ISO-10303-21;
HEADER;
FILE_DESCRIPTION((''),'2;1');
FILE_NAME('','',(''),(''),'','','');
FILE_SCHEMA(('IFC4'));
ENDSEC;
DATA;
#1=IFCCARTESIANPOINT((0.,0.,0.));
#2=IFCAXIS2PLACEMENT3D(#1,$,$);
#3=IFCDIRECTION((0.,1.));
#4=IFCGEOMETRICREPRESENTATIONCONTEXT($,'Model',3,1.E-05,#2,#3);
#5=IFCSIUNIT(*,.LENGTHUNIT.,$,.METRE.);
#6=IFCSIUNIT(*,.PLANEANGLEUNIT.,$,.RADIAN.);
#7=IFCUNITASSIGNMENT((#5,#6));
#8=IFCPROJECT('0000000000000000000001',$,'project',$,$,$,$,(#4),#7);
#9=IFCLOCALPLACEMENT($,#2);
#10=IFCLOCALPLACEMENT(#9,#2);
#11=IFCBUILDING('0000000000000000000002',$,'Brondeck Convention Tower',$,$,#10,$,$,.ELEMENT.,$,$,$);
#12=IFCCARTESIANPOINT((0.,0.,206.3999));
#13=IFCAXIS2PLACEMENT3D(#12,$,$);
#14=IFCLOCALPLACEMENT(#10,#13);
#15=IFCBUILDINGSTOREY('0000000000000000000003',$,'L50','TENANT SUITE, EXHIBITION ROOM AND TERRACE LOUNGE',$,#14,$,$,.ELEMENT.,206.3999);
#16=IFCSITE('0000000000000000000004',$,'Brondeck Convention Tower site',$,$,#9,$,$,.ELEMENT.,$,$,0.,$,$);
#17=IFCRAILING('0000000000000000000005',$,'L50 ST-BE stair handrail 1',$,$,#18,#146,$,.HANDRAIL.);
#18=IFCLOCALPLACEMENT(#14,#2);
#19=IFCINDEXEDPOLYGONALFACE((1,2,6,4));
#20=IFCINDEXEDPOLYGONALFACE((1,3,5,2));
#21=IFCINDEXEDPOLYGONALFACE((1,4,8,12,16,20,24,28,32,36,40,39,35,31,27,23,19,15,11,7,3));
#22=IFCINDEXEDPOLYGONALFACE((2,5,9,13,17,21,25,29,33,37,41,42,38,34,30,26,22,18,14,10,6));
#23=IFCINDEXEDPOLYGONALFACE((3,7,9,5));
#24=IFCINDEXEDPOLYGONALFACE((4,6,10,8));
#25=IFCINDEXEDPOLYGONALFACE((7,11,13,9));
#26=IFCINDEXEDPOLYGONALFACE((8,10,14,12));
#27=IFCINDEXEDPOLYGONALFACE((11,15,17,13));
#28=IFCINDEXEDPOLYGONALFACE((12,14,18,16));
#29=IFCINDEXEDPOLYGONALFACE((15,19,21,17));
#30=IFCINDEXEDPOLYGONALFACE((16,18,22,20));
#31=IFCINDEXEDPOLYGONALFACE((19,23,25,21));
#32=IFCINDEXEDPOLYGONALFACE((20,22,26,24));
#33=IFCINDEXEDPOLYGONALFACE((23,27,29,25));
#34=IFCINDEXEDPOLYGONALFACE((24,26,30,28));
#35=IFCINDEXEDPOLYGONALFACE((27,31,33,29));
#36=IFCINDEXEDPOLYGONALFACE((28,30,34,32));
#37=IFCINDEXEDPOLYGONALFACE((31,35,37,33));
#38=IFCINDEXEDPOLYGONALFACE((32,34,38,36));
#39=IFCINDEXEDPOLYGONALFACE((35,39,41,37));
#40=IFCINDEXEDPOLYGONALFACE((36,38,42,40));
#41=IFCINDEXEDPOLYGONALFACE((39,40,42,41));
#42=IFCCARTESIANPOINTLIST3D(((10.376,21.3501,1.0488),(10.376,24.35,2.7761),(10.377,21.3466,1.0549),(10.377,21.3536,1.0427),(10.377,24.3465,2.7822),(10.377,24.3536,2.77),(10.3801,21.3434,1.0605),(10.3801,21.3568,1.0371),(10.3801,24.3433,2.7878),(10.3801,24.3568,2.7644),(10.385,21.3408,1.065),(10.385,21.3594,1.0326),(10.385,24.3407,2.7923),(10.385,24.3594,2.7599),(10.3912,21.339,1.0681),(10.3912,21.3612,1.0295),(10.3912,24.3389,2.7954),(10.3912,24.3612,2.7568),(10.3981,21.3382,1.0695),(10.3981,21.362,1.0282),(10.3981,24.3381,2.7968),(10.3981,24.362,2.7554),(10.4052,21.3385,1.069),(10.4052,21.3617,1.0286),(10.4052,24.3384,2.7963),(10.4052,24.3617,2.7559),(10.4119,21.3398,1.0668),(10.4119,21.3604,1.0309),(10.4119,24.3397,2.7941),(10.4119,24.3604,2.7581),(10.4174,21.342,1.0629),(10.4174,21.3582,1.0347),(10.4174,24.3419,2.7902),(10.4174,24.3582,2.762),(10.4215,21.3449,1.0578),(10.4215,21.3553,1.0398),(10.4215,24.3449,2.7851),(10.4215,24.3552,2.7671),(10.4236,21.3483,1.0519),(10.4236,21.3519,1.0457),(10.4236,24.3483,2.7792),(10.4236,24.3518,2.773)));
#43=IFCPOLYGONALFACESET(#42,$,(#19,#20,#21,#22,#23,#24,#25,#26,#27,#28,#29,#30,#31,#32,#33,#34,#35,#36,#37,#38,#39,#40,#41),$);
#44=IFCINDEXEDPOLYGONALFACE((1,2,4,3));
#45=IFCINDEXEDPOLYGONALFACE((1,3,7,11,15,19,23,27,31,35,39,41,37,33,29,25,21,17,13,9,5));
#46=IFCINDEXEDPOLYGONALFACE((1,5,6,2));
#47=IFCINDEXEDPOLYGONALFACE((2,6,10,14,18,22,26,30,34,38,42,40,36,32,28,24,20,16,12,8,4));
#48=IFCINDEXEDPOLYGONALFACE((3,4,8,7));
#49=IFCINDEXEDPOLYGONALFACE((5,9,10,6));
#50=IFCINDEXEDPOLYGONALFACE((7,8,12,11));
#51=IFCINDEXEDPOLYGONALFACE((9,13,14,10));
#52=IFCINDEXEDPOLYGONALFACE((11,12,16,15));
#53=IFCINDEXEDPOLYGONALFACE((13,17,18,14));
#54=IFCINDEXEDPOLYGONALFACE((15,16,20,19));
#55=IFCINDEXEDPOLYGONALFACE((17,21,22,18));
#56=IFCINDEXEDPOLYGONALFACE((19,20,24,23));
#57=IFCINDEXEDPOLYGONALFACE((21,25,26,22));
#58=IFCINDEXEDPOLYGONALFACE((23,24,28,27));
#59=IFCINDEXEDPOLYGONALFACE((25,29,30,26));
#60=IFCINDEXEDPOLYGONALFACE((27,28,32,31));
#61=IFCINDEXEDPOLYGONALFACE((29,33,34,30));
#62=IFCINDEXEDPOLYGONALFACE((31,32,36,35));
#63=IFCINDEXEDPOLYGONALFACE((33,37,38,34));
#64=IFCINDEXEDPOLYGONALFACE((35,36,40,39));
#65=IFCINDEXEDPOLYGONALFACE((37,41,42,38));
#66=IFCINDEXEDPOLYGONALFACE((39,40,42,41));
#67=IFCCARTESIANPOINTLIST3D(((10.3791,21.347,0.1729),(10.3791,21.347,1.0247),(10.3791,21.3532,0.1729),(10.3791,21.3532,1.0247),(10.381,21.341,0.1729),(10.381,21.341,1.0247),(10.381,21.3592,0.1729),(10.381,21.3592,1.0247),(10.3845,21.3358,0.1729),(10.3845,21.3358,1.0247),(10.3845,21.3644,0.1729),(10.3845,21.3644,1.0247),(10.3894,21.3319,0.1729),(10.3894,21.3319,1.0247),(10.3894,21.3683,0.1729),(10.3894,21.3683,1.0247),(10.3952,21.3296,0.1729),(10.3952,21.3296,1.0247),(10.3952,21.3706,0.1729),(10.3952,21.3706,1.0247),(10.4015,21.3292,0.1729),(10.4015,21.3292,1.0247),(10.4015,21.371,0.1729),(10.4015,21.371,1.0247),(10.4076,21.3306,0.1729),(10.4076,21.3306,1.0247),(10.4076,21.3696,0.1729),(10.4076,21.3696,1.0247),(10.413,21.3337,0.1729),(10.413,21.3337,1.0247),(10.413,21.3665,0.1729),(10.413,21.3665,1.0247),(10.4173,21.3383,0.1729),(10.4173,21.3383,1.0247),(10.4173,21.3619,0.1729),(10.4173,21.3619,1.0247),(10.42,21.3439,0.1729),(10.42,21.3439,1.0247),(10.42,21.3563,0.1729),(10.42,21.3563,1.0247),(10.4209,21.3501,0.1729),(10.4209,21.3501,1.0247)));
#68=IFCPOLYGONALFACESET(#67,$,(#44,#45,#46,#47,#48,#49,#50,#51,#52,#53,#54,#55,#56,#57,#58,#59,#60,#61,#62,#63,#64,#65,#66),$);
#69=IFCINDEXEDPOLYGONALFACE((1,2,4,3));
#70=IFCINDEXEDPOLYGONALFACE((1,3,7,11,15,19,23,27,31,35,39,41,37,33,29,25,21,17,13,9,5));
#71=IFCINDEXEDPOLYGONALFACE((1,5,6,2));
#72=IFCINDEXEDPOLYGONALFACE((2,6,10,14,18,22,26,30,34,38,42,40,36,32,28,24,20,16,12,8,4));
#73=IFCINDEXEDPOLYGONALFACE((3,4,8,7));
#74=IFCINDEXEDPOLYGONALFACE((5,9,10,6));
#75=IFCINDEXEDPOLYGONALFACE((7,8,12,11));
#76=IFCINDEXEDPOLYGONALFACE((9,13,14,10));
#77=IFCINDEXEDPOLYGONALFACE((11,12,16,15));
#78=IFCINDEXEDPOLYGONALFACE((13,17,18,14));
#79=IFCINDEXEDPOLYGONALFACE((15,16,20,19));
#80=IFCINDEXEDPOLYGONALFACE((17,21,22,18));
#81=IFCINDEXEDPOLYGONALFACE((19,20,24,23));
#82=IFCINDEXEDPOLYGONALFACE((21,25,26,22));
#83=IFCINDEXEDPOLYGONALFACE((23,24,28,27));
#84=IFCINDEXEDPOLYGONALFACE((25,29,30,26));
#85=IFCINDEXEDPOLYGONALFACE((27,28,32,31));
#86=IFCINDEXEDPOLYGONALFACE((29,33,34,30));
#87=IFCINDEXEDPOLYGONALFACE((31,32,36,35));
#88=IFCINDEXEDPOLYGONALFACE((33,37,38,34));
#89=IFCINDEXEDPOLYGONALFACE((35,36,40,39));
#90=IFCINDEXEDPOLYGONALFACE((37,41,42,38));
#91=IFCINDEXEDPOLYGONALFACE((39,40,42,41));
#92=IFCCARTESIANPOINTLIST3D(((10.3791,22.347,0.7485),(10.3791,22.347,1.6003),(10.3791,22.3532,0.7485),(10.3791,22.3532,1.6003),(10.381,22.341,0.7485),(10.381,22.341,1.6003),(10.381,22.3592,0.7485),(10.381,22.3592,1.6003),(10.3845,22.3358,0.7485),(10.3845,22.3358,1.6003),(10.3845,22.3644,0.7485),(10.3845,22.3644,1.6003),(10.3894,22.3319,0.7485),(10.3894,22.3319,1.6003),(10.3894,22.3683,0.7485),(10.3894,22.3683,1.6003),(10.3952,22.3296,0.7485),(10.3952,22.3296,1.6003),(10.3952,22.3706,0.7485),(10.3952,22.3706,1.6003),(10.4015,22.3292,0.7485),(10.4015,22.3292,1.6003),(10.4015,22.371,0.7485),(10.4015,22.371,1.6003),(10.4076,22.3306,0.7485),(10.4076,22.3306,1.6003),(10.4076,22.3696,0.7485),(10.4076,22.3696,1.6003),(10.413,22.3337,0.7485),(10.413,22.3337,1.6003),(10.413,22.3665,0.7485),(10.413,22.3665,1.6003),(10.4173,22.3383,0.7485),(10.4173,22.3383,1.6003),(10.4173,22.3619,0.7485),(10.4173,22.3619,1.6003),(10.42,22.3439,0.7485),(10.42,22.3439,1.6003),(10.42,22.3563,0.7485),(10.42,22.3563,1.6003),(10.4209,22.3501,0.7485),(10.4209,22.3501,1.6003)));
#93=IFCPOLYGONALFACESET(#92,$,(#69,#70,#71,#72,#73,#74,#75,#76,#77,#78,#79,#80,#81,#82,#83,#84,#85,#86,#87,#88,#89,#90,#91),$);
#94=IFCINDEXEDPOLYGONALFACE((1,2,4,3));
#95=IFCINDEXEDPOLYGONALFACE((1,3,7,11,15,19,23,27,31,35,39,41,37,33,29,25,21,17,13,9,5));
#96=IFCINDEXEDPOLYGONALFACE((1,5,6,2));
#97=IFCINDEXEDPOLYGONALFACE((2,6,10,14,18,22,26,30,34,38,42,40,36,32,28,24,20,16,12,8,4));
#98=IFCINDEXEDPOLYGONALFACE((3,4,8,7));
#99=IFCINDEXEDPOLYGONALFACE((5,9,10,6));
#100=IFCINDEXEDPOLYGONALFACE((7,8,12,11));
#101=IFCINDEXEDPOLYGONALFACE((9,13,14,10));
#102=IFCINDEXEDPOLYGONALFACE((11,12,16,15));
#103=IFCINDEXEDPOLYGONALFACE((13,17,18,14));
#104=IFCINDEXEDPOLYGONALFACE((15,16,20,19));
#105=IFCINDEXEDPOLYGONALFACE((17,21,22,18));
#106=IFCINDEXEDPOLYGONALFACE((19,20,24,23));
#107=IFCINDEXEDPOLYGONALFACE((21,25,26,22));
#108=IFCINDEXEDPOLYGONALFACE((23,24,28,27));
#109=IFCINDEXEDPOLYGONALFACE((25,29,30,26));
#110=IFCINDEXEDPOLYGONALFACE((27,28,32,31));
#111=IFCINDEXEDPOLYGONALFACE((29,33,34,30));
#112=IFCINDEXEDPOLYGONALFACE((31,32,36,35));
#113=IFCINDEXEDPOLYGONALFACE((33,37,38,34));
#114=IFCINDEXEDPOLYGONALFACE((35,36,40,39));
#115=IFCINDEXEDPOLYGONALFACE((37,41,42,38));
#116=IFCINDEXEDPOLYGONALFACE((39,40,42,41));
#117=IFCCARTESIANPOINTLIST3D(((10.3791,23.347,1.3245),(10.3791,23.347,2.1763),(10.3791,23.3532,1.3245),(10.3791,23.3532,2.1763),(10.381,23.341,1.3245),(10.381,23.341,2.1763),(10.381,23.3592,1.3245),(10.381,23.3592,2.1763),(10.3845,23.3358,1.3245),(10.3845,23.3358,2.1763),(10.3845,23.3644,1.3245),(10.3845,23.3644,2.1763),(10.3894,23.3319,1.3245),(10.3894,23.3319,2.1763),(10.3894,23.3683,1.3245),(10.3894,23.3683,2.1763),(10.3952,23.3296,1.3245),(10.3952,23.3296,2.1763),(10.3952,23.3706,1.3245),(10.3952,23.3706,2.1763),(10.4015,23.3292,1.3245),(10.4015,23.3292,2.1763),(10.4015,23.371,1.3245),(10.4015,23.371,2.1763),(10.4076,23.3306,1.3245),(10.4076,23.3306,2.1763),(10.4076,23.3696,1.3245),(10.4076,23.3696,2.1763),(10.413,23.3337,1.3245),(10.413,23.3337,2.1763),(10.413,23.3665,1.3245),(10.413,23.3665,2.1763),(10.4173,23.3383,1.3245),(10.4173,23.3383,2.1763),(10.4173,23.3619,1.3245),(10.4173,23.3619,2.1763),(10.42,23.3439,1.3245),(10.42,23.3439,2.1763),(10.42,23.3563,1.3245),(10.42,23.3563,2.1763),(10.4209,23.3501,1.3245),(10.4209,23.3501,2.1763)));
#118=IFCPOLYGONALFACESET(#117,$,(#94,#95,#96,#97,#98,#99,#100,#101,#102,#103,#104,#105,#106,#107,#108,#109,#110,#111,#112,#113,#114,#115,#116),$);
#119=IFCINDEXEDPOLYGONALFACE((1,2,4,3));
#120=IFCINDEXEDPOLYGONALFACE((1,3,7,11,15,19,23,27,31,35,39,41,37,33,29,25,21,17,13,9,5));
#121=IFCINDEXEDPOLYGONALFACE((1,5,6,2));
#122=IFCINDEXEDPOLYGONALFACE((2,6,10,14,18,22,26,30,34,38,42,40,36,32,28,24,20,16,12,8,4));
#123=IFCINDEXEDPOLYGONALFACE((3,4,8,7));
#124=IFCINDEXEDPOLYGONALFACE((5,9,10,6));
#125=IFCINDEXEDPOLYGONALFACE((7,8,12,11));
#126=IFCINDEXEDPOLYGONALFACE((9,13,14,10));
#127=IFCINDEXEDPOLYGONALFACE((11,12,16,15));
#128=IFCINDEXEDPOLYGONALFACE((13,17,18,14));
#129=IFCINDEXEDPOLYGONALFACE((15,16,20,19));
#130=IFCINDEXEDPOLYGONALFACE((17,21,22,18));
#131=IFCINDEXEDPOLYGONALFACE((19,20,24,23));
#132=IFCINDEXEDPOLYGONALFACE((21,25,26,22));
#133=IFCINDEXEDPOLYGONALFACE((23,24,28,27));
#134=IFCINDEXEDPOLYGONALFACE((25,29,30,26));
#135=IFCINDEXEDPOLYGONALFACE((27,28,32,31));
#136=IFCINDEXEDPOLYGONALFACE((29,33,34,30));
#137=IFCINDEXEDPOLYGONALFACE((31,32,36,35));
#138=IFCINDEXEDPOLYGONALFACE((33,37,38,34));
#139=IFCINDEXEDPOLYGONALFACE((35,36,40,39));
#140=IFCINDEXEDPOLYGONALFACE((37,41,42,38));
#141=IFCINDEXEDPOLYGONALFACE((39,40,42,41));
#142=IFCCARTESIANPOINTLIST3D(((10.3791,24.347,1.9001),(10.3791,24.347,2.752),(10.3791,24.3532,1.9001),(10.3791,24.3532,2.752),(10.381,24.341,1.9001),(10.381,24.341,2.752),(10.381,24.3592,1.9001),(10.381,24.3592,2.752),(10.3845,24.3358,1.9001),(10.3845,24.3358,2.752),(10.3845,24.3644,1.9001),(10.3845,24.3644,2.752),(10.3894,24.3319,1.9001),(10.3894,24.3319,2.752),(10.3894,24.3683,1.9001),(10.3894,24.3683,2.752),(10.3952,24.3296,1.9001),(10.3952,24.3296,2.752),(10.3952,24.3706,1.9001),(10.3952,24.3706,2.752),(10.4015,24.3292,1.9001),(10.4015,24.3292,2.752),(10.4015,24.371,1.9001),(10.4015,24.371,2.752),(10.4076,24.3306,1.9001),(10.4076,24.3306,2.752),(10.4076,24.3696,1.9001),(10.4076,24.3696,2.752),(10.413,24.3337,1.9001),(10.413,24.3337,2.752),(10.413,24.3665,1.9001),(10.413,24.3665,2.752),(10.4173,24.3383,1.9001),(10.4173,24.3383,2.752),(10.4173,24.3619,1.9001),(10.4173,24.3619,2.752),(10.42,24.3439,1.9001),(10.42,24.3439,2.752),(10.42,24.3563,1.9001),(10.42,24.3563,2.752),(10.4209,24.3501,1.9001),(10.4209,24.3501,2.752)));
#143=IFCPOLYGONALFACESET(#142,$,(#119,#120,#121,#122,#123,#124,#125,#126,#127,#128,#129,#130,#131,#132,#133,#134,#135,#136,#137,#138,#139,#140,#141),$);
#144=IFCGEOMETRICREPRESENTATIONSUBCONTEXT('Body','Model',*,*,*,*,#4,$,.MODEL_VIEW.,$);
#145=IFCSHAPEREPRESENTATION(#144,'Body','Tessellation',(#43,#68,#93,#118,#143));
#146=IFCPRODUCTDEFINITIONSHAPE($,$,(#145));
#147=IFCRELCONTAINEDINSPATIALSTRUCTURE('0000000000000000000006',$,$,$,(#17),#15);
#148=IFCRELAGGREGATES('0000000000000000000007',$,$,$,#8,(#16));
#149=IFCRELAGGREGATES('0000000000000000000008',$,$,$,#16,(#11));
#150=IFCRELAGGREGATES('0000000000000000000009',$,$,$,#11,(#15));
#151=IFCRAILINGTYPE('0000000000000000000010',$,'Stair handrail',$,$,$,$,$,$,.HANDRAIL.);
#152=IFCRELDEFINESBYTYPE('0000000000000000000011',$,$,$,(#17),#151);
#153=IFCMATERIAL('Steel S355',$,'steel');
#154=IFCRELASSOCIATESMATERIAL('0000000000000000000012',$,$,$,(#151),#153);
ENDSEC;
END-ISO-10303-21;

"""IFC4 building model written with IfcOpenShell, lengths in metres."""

from ifc_helpers import new_model, si_unit, direction, frame, origin, origin_2d, place, context, subcontext, project, spatial, circle, extrude, material, type_object, element, save


model = new_model("IFC4")

# Units and contexts
model_context = context("Model", 3, precision=1e-05, world=origin(), true_north=direction((0.0, 1.0)))
body_context = subcontext(model_context, "Body", "Model", "MODEL_VIEW")
ifc_project = project(units=[si_unit("LENGTHUNIT", "METRE"), si_unit("PLANEANGLEUNIT", "RADIAN")], contexts=[model_context])

# Site, building, storey
site_placement = place(None, origin())
site = spatial("IfcSite", under=ifc_project, at=site_placement, Name="Brondeck Convention Tower site", CompositionType="ELEMENT", RefElevation=0.0)
building_placement = place(site_placement, origin())
building = spatial("IfcBuilding", under=site, at=building_placement, Name="Brondeck Convention Tower", CompositionType="ELEMENT")
storey_placement = place(building_placement, frame((0.0, 0.0, 206.3999)))
storey = spatial("IfcBuildingStorey", under=building, at=storey_placement, Name="L50", Description="TENANT SUITE, EXHIBITION ROOM AND TERRACE LOUNGE", CompositionType="ELEMENT", Elevation=206.3999)

# Shared definitions
ifc_material_1 = material(Name="Steel S355", Category="steel")

# Railing
railing_type_1 = type_object("IfcRailingType", Name="Stair handrail", PredefinedType="HANDRAIL", material=ifc_material_1)
railing_1_placement = place(storey_placement, frame((10.3999, 21.3501, 0.1729)))
element("IfcRailing", 1, at=railing_1_placement, inside=storey, type_object=railing_type_1, Name="L50 ST-BE stair handrail 1", PredefinedType="HANDRAIL", context=body_context, shape_type="SweptSolid", body=[
    extrude(circle(Radius=0.0239, at=origin_2d()), frame((0.0, 0.0, 0.876), z_axis=(0.0, 0.86662, 0.498969), x_axis=(-1.0, 0.0, 0.0)), (0.0, 0.0, 1.0), 3.4617),
    extrude(circle(Radius=0.021, at=origin_2d()), origin(), (0.0, 0.0, 1.0), 0.8518),
    extrude(circle(Radius=0.021, at=origin_2d()), frame((0.0, 1.0, 0.5757)), (0.0, 0.0, 1.0), 0.8518),
    extrude(circle(Radius=0.021, at=origin_2d()), frame((0.0, 2.0, 1.1516)), (0.0, 0.0, 1.0), 0.8518),
    extrude(circle(Radius=0.021, at=origin_2d()), frame((0.0, 3.0, 1.7273)), (0.0, 0.0, 1.0), 0.8518),
])

save(model, "model.ifc")
